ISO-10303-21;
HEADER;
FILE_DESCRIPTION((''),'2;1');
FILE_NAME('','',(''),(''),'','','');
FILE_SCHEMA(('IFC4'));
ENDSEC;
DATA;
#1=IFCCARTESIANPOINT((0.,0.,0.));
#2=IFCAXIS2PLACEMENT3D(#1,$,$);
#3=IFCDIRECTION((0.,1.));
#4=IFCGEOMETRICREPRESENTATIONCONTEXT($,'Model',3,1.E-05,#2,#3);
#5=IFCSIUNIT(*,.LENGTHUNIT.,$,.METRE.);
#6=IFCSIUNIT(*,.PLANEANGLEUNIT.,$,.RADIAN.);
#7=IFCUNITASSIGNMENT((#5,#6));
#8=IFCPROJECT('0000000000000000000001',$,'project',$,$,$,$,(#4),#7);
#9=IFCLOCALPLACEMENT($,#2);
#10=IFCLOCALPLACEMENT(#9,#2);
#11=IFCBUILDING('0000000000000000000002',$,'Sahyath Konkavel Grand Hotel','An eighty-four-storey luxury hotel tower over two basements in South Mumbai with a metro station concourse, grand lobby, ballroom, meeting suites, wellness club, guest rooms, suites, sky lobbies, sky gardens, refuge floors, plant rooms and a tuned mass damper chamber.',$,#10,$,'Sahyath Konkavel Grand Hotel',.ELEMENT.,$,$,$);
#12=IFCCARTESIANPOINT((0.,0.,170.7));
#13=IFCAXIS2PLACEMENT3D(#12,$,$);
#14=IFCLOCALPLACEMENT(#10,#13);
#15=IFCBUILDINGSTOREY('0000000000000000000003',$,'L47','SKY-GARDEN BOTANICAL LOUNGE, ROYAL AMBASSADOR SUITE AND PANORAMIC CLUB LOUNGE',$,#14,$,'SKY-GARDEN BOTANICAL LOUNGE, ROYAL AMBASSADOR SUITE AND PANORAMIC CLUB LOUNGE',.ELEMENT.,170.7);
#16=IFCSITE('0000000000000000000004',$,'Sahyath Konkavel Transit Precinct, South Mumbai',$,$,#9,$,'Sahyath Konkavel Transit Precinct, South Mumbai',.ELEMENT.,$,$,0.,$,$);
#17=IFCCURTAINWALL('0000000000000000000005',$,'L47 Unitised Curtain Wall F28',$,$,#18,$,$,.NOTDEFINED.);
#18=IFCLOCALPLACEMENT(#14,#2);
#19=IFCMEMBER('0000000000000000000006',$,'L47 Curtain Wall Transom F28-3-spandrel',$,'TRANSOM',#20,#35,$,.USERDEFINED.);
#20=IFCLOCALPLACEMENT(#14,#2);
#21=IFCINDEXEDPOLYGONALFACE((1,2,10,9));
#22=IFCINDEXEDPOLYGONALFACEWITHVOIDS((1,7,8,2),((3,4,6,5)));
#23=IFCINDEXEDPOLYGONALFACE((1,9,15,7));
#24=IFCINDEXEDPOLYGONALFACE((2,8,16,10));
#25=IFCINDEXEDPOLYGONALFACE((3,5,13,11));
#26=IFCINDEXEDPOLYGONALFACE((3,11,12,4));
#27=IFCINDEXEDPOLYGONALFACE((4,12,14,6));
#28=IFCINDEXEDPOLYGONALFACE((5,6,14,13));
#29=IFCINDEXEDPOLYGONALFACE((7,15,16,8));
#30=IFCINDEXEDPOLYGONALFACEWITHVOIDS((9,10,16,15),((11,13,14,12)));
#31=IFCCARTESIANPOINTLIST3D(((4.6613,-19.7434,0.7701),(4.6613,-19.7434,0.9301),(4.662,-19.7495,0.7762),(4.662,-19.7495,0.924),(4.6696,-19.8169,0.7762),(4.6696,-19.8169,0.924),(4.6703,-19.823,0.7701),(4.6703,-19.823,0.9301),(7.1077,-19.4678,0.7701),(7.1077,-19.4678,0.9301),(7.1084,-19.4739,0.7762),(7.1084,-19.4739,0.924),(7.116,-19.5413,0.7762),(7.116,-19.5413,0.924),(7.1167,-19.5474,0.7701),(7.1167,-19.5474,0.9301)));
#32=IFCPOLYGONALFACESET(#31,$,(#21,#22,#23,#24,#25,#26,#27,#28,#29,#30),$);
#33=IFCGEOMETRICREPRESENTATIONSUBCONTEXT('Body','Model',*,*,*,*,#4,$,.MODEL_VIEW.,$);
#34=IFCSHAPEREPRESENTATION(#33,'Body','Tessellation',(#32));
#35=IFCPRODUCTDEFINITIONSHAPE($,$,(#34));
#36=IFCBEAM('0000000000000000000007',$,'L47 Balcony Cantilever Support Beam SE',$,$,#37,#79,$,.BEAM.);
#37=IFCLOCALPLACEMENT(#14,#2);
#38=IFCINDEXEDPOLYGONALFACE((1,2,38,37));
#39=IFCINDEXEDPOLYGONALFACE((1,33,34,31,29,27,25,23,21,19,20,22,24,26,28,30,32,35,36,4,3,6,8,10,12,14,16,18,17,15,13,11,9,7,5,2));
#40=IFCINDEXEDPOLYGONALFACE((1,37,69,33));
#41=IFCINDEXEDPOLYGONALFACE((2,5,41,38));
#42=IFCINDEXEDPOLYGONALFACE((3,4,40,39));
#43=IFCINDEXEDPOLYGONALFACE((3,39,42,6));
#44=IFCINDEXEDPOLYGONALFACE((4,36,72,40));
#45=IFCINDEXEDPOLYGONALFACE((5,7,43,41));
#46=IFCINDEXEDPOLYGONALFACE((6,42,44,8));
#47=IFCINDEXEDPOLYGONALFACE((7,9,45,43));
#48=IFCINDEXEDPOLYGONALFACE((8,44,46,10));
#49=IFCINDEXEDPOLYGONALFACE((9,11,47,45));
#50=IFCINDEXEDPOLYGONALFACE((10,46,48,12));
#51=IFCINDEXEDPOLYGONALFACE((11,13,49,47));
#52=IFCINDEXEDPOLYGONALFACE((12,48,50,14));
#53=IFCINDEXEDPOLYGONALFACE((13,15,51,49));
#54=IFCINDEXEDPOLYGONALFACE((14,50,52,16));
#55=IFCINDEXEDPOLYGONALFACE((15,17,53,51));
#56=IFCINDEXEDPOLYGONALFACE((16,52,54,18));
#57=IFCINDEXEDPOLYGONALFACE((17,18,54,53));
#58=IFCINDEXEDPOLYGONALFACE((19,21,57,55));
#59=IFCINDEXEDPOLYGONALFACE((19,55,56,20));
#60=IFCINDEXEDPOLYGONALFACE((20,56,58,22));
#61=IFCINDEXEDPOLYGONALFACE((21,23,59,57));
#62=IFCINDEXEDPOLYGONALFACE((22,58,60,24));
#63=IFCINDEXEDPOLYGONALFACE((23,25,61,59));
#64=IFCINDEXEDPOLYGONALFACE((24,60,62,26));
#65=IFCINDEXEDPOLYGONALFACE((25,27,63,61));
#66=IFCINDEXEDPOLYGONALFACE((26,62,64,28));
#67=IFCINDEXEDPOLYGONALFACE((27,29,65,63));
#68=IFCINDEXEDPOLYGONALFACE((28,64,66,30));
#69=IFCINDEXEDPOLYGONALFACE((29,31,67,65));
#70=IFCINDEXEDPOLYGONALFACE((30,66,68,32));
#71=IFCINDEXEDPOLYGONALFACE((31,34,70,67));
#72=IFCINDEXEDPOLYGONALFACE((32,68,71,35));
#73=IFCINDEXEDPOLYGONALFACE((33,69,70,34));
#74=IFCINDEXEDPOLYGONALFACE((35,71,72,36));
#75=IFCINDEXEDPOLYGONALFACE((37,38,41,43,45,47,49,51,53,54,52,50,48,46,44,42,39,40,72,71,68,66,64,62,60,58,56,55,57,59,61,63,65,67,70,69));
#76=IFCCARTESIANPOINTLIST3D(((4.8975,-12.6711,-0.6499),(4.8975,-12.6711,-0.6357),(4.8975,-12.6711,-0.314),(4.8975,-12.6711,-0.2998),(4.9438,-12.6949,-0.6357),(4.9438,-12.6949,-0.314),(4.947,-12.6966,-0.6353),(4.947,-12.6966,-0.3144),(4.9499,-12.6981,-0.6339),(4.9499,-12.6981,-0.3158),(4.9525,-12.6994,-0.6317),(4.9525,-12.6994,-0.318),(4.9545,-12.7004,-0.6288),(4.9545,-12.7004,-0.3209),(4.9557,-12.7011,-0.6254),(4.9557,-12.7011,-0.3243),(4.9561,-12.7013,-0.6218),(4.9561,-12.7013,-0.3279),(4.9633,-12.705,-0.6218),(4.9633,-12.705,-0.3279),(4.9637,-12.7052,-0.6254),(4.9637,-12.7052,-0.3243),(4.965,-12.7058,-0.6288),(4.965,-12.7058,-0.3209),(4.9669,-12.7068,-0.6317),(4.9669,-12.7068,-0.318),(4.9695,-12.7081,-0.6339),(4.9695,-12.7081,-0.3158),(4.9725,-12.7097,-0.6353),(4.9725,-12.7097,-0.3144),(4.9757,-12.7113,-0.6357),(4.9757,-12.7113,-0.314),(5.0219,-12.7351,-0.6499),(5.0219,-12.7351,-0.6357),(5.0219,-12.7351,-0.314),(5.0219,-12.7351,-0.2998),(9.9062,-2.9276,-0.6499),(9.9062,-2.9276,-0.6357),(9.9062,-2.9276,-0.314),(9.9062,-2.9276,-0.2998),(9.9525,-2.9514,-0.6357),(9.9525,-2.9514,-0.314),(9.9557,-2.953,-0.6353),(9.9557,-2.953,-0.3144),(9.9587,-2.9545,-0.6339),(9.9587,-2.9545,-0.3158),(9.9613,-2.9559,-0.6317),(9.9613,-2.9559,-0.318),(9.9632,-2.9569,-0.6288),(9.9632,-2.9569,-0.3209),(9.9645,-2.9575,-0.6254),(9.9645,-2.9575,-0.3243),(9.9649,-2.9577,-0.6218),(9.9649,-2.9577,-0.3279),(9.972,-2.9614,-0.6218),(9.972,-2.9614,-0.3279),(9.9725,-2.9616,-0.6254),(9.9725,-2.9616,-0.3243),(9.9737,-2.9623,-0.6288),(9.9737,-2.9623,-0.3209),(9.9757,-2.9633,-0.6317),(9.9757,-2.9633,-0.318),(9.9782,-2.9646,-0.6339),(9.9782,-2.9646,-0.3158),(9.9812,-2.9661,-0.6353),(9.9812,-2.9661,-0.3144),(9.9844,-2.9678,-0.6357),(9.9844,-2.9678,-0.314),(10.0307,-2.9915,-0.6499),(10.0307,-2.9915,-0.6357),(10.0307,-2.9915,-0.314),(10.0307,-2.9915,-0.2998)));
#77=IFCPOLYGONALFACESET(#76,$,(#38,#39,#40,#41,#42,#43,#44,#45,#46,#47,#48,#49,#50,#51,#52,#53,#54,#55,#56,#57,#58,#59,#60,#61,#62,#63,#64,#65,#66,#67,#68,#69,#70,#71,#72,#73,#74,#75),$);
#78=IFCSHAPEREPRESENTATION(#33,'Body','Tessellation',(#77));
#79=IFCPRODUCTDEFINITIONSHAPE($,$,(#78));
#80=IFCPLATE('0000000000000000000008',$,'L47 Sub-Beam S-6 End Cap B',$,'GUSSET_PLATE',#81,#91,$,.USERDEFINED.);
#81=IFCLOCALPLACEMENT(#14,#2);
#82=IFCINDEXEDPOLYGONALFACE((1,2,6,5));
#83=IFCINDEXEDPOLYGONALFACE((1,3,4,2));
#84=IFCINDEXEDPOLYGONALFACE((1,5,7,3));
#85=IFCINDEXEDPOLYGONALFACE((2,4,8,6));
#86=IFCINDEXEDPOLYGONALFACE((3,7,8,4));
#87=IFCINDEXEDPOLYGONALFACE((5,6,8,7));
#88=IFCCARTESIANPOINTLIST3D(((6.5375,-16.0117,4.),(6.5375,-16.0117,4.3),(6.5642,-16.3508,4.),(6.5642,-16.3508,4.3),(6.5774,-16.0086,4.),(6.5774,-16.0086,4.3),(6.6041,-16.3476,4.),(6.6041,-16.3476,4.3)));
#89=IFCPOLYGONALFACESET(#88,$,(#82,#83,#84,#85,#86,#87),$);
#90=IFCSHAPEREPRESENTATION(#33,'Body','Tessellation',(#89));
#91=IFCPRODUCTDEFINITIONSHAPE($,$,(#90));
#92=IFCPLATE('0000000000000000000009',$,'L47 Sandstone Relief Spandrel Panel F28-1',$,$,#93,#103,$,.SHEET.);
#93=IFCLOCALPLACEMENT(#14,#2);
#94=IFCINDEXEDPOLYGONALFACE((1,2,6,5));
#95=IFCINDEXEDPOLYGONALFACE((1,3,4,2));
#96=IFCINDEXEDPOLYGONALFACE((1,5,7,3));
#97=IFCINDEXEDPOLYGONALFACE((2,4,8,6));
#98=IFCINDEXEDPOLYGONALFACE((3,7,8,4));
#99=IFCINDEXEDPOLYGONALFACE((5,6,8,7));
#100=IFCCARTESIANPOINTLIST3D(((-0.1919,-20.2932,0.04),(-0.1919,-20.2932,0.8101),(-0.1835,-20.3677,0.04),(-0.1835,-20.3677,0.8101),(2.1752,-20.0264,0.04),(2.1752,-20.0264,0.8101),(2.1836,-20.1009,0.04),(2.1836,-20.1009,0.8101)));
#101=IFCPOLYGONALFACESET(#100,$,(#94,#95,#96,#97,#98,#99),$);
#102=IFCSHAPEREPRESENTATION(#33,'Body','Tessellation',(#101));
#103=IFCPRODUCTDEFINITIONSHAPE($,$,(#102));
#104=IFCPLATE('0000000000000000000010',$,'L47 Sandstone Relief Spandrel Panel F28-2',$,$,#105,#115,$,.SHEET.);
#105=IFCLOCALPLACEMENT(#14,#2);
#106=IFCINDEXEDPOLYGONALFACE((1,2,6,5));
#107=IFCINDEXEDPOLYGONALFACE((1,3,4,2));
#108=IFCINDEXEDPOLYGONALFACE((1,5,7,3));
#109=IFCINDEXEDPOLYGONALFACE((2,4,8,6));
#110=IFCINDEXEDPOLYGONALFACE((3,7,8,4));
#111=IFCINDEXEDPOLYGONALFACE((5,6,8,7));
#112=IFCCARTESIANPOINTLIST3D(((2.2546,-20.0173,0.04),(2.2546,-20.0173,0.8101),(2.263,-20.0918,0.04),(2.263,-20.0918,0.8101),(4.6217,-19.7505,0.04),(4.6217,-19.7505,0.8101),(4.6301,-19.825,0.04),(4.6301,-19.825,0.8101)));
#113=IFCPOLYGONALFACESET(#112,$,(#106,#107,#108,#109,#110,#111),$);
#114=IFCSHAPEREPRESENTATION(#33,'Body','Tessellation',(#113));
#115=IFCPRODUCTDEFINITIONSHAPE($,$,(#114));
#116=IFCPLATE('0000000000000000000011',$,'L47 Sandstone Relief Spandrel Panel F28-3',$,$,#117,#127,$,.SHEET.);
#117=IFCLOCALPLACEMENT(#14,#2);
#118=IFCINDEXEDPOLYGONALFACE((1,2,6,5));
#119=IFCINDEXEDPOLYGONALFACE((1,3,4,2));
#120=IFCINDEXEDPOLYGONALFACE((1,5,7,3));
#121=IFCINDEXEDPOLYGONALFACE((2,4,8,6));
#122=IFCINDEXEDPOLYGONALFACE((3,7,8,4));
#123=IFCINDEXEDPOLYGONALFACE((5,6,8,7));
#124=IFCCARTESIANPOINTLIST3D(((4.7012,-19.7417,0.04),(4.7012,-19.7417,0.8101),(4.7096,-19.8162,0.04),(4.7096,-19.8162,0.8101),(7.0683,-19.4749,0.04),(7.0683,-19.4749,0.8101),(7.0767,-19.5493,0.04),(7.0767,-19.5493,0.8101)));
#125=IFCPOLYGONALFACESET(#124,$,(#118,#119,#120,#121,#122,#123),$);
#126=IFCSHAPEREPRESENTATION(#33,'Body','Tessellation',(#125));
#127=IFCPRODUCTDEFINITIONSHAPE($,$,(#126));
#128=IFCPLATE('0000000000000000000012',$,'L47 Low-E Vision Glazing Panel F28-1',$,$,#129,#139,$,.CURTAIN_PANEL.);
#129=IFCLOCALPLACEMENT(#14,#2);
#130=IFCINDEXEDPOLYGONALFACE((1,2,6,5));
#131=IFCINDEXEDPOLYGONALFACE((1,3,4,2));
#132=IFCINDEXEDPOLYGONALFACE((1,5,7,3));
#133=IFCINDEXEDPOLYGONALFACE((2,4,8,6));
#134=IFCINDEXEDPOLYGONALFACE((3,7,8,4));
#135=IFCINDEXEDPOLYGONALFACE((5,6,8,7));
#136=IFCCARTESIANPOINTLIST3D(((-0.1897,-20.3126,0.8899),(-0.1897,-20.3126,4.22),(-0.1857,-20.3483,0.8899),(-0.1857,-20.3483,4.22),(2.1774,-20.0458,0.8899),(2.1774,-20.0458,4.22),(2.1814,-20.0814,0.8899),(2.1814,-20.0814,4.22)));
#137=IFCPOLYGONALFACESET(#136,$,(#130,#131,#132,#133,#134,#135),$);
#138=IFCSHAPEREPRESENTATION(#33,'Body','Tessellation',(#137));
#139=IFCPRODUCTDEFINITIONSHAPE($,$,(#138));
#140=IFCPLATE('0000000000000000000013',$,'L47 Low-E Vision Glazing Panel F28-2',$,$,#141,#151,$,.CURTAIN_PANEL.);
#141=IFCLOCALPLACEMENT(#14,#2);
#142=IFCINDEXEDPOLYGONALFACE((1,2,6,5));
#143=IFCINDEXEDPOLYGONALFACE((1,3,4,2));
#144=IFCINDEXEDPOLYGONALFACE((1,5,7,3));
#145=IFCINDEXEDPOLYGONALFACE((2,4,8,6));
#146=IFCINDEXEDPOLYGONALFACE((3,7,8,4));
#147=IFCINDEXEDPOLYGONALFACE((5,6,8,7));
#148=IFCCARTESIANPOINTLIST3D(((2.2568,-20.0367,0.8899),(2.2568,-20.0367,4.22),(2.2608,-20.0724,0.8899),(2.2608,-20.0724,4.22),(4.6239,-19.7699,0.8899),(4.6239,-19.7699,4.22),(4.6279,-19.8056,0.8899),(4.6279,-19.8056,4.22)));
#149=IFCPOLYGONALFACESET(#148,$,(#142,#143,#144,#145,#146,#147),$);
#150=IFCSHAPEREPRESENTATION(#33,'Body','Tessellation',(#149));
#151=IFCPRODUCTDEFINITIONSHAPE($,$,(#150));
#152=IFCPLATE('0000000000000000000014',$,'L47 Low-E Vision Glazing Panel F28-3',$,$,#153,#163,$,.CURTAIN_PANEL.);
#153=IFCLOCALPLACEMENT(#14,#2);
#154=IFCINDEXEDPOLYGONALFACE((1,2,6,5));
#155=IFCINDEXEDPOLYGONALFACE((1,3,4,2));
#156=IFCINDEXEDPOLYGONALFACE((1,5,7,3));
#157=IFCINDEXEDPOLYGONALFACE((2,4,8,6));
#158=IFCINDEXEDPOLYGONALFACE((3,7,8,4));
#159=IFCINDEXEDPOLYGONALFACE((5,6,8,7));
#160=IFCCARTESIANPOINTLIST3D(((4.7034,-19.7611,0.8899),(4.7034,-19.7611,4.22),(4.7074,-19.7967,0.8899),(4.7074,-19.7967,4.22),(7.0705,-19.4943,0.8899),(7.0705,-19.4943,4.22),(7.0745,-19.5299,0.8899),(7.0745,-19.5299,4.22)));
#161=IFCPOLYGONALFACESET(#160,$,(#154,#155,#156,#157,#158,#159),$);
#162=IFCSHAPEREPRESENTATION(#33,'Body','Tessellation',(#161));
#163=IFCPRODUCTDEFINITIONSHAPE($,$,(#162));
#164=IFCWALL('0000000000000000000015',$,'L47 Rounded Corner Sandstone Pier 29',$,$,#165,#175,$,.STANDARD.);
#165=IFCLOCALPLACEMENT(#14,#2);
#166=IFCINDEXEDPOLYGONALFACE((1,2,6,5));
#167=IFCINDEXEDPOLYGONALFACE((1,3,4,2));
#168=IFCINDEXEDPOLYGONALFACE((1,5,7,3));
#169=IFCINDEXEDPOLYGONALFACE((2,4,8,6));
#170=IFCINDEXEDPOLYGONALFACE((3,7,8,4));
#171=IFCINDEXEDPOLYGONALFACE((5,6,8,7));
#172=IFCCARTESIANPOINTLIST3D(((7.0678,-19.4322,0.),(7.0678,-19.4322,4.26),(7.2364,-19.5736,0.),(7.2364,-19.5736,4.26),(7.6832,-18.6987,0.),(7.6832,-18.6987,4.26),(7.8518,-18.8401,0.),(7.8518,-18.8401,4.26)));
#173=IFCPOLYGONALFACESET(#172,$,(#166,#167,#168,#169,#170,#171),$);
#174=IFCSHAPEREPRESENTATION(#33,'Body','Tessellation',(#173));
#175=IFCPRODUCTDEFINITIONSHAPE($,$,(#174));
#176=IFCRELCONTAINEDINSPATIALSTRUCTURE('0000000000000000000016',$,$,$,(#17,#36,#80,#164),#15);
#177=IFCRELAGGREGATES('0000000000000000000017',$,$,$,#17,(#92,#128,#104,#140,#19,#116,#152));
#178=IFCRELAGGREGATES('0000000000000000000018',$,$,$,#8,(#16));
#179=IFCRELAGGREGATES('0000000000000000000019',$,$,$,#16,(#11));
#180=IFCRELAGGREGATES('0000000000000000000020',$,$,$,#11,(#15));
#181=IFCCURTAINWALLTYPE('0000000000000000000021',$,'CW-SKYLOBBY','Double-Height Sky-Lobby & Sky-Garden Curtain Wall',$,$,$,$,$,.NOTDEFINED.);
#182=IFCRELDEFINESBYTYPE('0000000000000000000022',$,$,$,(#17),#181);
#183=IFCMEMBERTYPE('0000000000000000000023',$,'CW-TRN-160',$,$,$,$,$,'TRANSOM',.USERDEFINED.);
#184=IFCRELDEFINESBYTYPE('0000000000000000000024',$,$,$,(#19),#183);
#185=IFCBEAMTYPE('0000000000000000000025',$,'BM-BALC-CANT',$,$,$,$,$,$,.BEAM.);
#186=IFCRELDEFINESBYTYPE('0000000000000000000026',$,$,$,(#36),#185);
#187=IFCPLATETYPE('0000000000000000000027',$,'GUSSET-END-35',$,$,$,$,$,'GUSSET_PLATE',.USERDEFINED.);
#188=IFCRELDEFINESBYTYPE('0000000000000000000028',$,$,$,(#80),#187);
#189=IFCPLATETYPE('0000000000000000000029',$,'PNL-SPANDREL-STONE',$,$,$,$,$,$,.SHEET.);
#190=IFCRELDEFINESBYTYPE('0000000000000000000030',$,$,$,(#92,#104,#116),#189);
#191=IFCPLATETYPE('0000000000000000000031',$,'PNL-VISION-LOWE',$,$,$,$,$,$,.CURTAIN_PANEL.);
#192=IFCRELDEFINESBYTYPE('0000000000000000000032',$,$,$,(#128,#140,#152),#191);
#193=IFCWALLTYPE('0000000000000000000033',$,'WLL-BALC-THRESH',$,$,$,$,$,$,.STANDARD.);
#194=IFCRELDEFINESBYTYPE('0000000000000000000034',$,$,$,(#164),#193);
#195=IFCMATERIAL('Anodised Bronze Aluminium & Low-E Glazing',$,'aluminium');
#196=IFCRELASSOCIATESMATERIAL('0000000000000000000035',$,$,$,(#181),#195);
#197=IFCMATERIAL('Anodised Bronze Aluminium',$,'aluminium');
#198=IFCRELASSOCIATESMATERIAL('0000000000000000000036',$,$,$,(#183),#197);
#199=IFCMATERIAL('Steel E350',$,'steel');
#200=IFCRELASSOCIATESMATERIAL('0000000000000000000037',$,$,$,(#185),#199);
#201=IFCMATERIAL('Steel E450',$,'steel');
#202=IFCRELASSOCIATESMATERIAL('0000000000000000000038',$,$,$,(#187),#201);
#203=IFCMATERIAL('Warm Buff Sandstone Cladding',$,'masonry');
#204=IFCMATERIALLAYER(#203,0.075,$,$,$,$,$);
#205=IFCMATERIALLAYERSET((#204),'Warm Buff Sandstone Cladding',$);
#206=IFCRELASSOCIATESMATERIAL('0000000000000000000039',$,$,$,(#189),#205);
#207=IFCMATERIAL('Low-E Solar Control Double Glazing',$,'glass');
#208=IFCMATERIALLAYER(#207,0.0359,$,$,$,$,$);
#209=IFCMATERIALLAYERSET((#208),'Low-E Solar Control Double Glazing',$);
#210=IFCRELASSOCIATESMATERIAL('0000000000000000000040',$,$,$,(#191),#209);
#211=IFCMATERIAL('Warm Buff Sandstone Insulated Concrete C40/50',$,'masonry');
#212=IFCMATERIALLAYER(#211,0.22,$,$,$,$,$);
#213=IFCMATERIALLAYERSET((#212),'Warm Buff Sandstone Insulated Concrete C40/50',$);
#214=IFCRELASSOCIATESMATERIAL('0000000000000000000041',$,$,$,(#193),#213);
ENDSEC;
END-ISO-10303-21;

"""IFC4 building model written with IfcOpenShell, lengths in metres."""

from ifc_helpers import new_model, si_unit, direction, frame, frame_2d, origin, origin_2d, place, context, subcontext, project, spatial, rectangle, hollow_rectangle, i_section, extrude, source, transform, mapped, material, layer, layer_set, material_profile, profile_set, type_object, element, aggregate, save


model = new_model("IFC4")

# Units and contexts
model_context = context("Model", 3, precision=1e-05, world=origin(), true_north=direction((0.0, 1.0)))
body_context = subcontext(model_context, "Body", "Model", "MODEL_VIEW")
ifc_project = project(units=[si_unit("LENGTHUNIT", "METRE"), si_unit("PLANEANGLEUNIT", "RADIAN")], contexts=[model_context])

# Site, building, storey
site_placement = place(None, origin())
site = spatial("IfcSite", under=ifc_project, at=site_placement, Name="Sahyath Konkavel Transit Precinct, South Mumbai", LongName="Sahyath Konkavel Transit Precinct, South Mumbai", CompositionType="ELEMENT", RefElevation=0.0)
building_placement = place(site_placement, origin())
building = spatial("IfcBuilding", under=site, at=building_placement, Name="Sahyath Konkavel Grand Hotel", Description="An eighty-four-storey luxury hotel tower over two basements in South Mumbai with a metro station concourse, grand lobby, ballroom, meeting suites, wellness club, guest rooms, suites, sky lobbies, sky gardens, refuge floors, plant rooms and a tuned mass damper chamber.", LongName="Sahyath Konkavel Grand Hotel", CompositionType="ELEMENT")
storey_placement = place(building_placement, frame((0.0, 0.0, 170.7)))
storey = spatial("IfcBuildingStorey", under=building, at=storey_placement, Name="L47", Description="SKY-GARDEN BOTANICAL LOUNGE, ROYAL AMBASSADOR SUITE AND PANORAMIC CLUB LOUNGE", LongName="SKY-GARDEN BOTANICAL LOUNGE, ROYAL AMBASSADOR SUITE AND PANORAMIC CLUB LOUNGE", CompositionType="ELEMENT", Elevation=170.7)

# Shared definitions
ifc_material_1 = material(Name="Steel E350", Category="steel")

# Curtain wall, member
ifc_material_2 = material(Name="Anodised Bronze Aluminium & Low-E Glazing", Category="aluminium")
curtain_wall_type = type_object("IfcCurtainWallType", Name="CW-SKYLOBBY", Description="Double-Height Sky-Lobby & Sky-Garden Curtain Wall", PredefinedType="NOTDEFINED", material=ifc_material_2)
curtain_wall_placement = place(storey_placement, origin())
curtain_wall = element("IfcCurtainWall", 1, at=curtain_wall_placement, inside=storey, type_object=curtain_wall_type, Name="L47 Unitised Curtain Wall F28", PredefinedType="NOTDEFINED")
ifc_material_3 = material(Name="Anodised Bronze Aluminium", Category="aluminium")
ifc_material_profile_1 = material_profile(ifc_material_3, hollow_rectangle(XDim=0.0801, YDim=0.1599, WallThickness=0.0061, at=origin_2d()), Name="RHS 160x80x6")
ifc_profile_set_1 = profile_set([ifc_material_profile_1], Name="Anodised Bronze Aluminium")
member_type_1 = type_object("IfcMemberType", Name="CW-TRN-160", ElementType="TRANSOM", PredefinedType="USERDEFINED", material=ifc_profile_set_1)
shared_shape_1 = source(origin(), body_context, "Body", "SweptSolid", [
    extrude(hollow_rectangle(XDim=0.0801, YDim=0.1599, WallThickness=0.0061, at=origin_2d()), origin(), (0.0, 0.0, 1.0), 2.4619),
])
member_1_placement = place(storey_placement, frame((4.6658, -19.7832, 0.8501), z_axis=(0.993713, 0.111955, 0.0), x_axis=(-0.111955, 0.993713, 0.0)))
member_1 = element("IfcMember", 2, at=member_1_placement, type_object=member_type_1, Name="L47 Curtain Wall Transom F28-3-spandrel", ObjectType="TRANSOM", PredefinedType="USERDEFINED", context=body_context, shape_type="MappedRepresentation", body=[
    mapped(shared_shape_1, transform((0.0, 0.0, 0.0), scale=1.0)),
])

# Beam
ifc_material_profile_2 = material_profile(ifc_material_1, i_section(OverallWidth=0.1399, OverallDepth=0.3501, WebThickness=0.0081, FlangeThickness=0.0142, FilletRadius=0.0139, at=origin_2d()), Name="ISMB 350")
ifc_profile_set_2 = profile_set([ifc_material_profile_2], Name="Steel E350")
beam_type_1 = type_object("IfcBeamType", Name="BM-BALC-CANT", PredefinedType="BEAM", material=ifc_profile_set_2)
shared_shape_2 = source(origin(), body_context, "Body", "SweptSolid", [
    extrude(i_section(OverallWidth=0.1399, OverallDepth=0.3501, WebThickness=0.0081, FlangeThickness=0.0142, FilletRadius=0.0139, at=origin_2d()), origin(), (0.0, 0.0, 1.0), 10.9556),
])
beam_1_placement = place(storey_placement, frame((4.9597, -12.7031, -0.4749), z_axis=(0.457187, 0.889371, 0.0), x_axis=(-0.889371, 0.457187, 0.0)))
element("IfcBeam", 3, at=beam_1_placement, inside=storey, type_object=beam_type_1, Name="L47 Balcony Cantilever Support Beam SE", PredefinedType="BEAM", context=body_context, shape_type="MappedRepresentation", body=[
    mapped(shared_shape_2, transform((0.0, 0.0, 0.0), scale=1.0)),
])

# Plates
ifc_material_4 = material(Name="Steel E450", Category="steel")
plate_type_1 = type_object("IfcPlateType", Name="GUSSET-END-35", ElementType="GUSSET_PLATE", PredefinedType="USERDEFINED", material=ifc_material_4)
shared_shape_3 = source(origin(), body_context, "Body", "SweptSolid", [
    extrude(rectangle(XDim=0.04, YDim=0.3401, at=origin_2d()), origin(), (0.0, 0.0, 1.0), 0.3),
])
plate_1_placement = place(storey_placement, frame((6.5708, -16.1797, 4.0), z_axis=(0.0, 0.0, 1.0), x_axis=(0.996924, 0.078372, 0.0)))
element("IfcPlate", 4, at=plate_1_placement, inside=storey, type_object=plate_type_1, Name="L47 Sub-Beam S-6 End Cap B", ObjectType="GUSSET_PLATE", PredefinedType="USERDEFINED", context=body_context, shape_type="MappedRepresentation", body=[
    mapped(shared_shape_3, transform((0.0, 0.0, 0.0), scale=1.0)),
])
ifc_material_5 = material(Name="Warm Buff Sandstone Cladding", Category="masonry")
ifc_layer_1 = layer(ifc_material_5, 0.075)
ifc_layer_set_1 = layer_set([ifc_layer_1], Name="Warm Buff Sandstone Cladding")
plate_type_2 = type_object("IfcPlateType", Name="PNL-SPANDREL-STONE", PredefinedType="SHEET", material=ifc_layer_set_1)
shared_shape_4 = source(origin(), body_context, "Body", "SweptSolid", [
    extrude(rectangle(XDim=2.3821, YDim=0.075, at=origin_2d()), origin(), (0.0, 0.0, 1.0), 0.77),
])
plate_2_placement = place(storey_placement, frame((0.9958, -20.197, 0.04), z_axis=(0.0, 0.0, 1.0), x_axis=(0.993707, 0.112007, 0.0)))
plate_2 = element("IfcPlate", 5, at=plate_2_placement, type_object=plate_type_2, Name="L47 Sandstone Relief Spandrel Panel F28-1", PredefinedType="SHEET", context=body_context, shape_type="MappedRepresentation", body=[
    mapped(shared_shape_4, transform((0.0, 0.0, 0.0), scale=1.0)),
])
plate_3_placement = place(storey_placement, frame((3.4424, -19.9211, 0.04), z_axis=(0.0, 0.0, 1.0), x_axis=(0.993707, 0.112007, 0.0)))
plate_3 = element("IfcPlate", 6, at=plate_3_placement, type_object=plate_type_2, Name="L47 Sandstone Relief Spandrel Panel F28-2", PredefinedType="SHEET", context=body_context, shape_type="MappedRepresentation", body=[
    mapped(shared_shape_4, transform((0.0, 0.0, 0.0), scale=1.0)),
])
plate_4_placement = place(storey_placement, frame((5.8889, -19.6455, 0.04), z_axis=(0.0, 0.0, 1.0), x_axis=(0.993707, 0.112007, 0.0)))
plate_4 = element("IfcPlate", 7, at=plate_4_placement, type_object=plate_type_2, Name="L47 Sandstone Relief Spandrel Panel F28-3", PredefinedType="SHEET", context=body_context, shape_type="MappedRepresentation", body=[
    mapped(shared_shape_4, transform((0.0, 0.0, 0.0), scale=1.0)),
])
ifc_material_6 = material(Name="Low-E Solar Control Double Glazing", Category="glass")
ifc_layer_2 = layer(ifc_material_6, 0.0359)
ifc_layer_set_2 = layer_set([ifc_layer_2], Name="Low-E Solar Control Double Glazing")
plate_type_3 = type_object("IfcPlateType", Name="PNL-VISION-LOWE", PredefinedType="CURTAIN_PANEL", material=ifc_layer_set_2)
shared_shape_5 = source(origin(), body_context, "Body", "SweptSolid", [
    extrude(rectangle(XDim=2.3821, YDim=0.0359, at=origin_2d()), origin(), (0.0, 0.0, 1.0), 3.3301),
])
plate_5_placement = place(storey_placement, frame((0.9958, -20.197, 0.8899), z_axis=(0.0, 0.0, 1.0), x_axis=(0.993707, 0.112007, 0.0)))
plate_5 = element("IfcPlate", 8, at=plate_5_placement, type_object=plate_type_3, Name="L47 Low-E Vision Glazing Panel F28-1", PredefinedType="CURTAIN_PANEL", context=body_context, shape_type="MappedRepresentation", body=[
    mapped(shared_shape_5, transform((0.0, 0.0, 0.0), scale=1.0)),
])
plate_6_placement = place(storey_placement, frame((3.4424, -19.9211, 0.8899), z_axis=(0.0, 0.0, 1.0), x_axis=(0.993707, 0.112007, 0.0)))
plate_6 = element("IfcPlate", 9, at=plate_6_placement, type_object=plate_type_3, Name="L47 Low-E Vision Glazing Panel F28-2", PredefinedType="CURTAIN_PANEL", context=body_context, shape_type="MappedRepresentation", body=[
    mapped(shared_shape_5, transform((0.0, 0.0, 0.0), scale=1.0)),
])
plate_7_placement = place(storey_placement, frame((5.8889, -19.6455, 0.8899), z_axis=(0.0, 0.0, 1.0), x_axis=(0.993707, 0.112007, 0.0)))
plate_7 = element("IfcPlate", 10, at=plate_7_placement, type_object=plate_type_3, Name="L47 Low-E Vision Glazing Panel F28-3", PredefinedType="CURTAIN_PANEL", context=body_context, shape_type="MappedRepresentation", body=[
    mapped(shared_shape_5, transform((0.0, 0.0, 0.0), scale=1.0)),
])
aggregate(curtain_wall, [plate_2, plate_5, plate_3, plate_6, member_1, plate_4, plate_7])

# Wall
ifc_material_7 = material(Name="Warm Buff Sandstone Insulated Concrete C40/50", Category="masonry")
ifc_layer_3 = layer(ifc_material_7, 0.22)
ifc_layer_set_3 = layer_set([ifc_layer_3], Name="Warm Buff Sandstone Insulated Concrete C40/50")
wall_type_1 = type_object("IfcWallType", Name="WLL-BALC-THRESH", PredefinedType="STANDARD", material=ifc_layer_set_3)
wall_1_placement = place(storey_placement, frame((7.1521, -19.5029, 0.0), z_axis=(0.0, 0.0, 1.0), x_axis=(0.642714, 0.766107, 0.0)))
element("IfcWall", 11, at=wall_1_placement, inside=storey, type_object=wall_type_1, Name="L47 Rounded Corner Sandstone Pier 29", PredefinedType="STANDARD", context=body_context, shape_type="SweptSolid", body=[
    extrude(rectangle(XDim=0.9575, YDim=0.22, at=frame_2d((0.4788, 0.0))), origin(), (0.0, 0.0, 1.0), 4.26),
])

save(model, "model.ifc")
